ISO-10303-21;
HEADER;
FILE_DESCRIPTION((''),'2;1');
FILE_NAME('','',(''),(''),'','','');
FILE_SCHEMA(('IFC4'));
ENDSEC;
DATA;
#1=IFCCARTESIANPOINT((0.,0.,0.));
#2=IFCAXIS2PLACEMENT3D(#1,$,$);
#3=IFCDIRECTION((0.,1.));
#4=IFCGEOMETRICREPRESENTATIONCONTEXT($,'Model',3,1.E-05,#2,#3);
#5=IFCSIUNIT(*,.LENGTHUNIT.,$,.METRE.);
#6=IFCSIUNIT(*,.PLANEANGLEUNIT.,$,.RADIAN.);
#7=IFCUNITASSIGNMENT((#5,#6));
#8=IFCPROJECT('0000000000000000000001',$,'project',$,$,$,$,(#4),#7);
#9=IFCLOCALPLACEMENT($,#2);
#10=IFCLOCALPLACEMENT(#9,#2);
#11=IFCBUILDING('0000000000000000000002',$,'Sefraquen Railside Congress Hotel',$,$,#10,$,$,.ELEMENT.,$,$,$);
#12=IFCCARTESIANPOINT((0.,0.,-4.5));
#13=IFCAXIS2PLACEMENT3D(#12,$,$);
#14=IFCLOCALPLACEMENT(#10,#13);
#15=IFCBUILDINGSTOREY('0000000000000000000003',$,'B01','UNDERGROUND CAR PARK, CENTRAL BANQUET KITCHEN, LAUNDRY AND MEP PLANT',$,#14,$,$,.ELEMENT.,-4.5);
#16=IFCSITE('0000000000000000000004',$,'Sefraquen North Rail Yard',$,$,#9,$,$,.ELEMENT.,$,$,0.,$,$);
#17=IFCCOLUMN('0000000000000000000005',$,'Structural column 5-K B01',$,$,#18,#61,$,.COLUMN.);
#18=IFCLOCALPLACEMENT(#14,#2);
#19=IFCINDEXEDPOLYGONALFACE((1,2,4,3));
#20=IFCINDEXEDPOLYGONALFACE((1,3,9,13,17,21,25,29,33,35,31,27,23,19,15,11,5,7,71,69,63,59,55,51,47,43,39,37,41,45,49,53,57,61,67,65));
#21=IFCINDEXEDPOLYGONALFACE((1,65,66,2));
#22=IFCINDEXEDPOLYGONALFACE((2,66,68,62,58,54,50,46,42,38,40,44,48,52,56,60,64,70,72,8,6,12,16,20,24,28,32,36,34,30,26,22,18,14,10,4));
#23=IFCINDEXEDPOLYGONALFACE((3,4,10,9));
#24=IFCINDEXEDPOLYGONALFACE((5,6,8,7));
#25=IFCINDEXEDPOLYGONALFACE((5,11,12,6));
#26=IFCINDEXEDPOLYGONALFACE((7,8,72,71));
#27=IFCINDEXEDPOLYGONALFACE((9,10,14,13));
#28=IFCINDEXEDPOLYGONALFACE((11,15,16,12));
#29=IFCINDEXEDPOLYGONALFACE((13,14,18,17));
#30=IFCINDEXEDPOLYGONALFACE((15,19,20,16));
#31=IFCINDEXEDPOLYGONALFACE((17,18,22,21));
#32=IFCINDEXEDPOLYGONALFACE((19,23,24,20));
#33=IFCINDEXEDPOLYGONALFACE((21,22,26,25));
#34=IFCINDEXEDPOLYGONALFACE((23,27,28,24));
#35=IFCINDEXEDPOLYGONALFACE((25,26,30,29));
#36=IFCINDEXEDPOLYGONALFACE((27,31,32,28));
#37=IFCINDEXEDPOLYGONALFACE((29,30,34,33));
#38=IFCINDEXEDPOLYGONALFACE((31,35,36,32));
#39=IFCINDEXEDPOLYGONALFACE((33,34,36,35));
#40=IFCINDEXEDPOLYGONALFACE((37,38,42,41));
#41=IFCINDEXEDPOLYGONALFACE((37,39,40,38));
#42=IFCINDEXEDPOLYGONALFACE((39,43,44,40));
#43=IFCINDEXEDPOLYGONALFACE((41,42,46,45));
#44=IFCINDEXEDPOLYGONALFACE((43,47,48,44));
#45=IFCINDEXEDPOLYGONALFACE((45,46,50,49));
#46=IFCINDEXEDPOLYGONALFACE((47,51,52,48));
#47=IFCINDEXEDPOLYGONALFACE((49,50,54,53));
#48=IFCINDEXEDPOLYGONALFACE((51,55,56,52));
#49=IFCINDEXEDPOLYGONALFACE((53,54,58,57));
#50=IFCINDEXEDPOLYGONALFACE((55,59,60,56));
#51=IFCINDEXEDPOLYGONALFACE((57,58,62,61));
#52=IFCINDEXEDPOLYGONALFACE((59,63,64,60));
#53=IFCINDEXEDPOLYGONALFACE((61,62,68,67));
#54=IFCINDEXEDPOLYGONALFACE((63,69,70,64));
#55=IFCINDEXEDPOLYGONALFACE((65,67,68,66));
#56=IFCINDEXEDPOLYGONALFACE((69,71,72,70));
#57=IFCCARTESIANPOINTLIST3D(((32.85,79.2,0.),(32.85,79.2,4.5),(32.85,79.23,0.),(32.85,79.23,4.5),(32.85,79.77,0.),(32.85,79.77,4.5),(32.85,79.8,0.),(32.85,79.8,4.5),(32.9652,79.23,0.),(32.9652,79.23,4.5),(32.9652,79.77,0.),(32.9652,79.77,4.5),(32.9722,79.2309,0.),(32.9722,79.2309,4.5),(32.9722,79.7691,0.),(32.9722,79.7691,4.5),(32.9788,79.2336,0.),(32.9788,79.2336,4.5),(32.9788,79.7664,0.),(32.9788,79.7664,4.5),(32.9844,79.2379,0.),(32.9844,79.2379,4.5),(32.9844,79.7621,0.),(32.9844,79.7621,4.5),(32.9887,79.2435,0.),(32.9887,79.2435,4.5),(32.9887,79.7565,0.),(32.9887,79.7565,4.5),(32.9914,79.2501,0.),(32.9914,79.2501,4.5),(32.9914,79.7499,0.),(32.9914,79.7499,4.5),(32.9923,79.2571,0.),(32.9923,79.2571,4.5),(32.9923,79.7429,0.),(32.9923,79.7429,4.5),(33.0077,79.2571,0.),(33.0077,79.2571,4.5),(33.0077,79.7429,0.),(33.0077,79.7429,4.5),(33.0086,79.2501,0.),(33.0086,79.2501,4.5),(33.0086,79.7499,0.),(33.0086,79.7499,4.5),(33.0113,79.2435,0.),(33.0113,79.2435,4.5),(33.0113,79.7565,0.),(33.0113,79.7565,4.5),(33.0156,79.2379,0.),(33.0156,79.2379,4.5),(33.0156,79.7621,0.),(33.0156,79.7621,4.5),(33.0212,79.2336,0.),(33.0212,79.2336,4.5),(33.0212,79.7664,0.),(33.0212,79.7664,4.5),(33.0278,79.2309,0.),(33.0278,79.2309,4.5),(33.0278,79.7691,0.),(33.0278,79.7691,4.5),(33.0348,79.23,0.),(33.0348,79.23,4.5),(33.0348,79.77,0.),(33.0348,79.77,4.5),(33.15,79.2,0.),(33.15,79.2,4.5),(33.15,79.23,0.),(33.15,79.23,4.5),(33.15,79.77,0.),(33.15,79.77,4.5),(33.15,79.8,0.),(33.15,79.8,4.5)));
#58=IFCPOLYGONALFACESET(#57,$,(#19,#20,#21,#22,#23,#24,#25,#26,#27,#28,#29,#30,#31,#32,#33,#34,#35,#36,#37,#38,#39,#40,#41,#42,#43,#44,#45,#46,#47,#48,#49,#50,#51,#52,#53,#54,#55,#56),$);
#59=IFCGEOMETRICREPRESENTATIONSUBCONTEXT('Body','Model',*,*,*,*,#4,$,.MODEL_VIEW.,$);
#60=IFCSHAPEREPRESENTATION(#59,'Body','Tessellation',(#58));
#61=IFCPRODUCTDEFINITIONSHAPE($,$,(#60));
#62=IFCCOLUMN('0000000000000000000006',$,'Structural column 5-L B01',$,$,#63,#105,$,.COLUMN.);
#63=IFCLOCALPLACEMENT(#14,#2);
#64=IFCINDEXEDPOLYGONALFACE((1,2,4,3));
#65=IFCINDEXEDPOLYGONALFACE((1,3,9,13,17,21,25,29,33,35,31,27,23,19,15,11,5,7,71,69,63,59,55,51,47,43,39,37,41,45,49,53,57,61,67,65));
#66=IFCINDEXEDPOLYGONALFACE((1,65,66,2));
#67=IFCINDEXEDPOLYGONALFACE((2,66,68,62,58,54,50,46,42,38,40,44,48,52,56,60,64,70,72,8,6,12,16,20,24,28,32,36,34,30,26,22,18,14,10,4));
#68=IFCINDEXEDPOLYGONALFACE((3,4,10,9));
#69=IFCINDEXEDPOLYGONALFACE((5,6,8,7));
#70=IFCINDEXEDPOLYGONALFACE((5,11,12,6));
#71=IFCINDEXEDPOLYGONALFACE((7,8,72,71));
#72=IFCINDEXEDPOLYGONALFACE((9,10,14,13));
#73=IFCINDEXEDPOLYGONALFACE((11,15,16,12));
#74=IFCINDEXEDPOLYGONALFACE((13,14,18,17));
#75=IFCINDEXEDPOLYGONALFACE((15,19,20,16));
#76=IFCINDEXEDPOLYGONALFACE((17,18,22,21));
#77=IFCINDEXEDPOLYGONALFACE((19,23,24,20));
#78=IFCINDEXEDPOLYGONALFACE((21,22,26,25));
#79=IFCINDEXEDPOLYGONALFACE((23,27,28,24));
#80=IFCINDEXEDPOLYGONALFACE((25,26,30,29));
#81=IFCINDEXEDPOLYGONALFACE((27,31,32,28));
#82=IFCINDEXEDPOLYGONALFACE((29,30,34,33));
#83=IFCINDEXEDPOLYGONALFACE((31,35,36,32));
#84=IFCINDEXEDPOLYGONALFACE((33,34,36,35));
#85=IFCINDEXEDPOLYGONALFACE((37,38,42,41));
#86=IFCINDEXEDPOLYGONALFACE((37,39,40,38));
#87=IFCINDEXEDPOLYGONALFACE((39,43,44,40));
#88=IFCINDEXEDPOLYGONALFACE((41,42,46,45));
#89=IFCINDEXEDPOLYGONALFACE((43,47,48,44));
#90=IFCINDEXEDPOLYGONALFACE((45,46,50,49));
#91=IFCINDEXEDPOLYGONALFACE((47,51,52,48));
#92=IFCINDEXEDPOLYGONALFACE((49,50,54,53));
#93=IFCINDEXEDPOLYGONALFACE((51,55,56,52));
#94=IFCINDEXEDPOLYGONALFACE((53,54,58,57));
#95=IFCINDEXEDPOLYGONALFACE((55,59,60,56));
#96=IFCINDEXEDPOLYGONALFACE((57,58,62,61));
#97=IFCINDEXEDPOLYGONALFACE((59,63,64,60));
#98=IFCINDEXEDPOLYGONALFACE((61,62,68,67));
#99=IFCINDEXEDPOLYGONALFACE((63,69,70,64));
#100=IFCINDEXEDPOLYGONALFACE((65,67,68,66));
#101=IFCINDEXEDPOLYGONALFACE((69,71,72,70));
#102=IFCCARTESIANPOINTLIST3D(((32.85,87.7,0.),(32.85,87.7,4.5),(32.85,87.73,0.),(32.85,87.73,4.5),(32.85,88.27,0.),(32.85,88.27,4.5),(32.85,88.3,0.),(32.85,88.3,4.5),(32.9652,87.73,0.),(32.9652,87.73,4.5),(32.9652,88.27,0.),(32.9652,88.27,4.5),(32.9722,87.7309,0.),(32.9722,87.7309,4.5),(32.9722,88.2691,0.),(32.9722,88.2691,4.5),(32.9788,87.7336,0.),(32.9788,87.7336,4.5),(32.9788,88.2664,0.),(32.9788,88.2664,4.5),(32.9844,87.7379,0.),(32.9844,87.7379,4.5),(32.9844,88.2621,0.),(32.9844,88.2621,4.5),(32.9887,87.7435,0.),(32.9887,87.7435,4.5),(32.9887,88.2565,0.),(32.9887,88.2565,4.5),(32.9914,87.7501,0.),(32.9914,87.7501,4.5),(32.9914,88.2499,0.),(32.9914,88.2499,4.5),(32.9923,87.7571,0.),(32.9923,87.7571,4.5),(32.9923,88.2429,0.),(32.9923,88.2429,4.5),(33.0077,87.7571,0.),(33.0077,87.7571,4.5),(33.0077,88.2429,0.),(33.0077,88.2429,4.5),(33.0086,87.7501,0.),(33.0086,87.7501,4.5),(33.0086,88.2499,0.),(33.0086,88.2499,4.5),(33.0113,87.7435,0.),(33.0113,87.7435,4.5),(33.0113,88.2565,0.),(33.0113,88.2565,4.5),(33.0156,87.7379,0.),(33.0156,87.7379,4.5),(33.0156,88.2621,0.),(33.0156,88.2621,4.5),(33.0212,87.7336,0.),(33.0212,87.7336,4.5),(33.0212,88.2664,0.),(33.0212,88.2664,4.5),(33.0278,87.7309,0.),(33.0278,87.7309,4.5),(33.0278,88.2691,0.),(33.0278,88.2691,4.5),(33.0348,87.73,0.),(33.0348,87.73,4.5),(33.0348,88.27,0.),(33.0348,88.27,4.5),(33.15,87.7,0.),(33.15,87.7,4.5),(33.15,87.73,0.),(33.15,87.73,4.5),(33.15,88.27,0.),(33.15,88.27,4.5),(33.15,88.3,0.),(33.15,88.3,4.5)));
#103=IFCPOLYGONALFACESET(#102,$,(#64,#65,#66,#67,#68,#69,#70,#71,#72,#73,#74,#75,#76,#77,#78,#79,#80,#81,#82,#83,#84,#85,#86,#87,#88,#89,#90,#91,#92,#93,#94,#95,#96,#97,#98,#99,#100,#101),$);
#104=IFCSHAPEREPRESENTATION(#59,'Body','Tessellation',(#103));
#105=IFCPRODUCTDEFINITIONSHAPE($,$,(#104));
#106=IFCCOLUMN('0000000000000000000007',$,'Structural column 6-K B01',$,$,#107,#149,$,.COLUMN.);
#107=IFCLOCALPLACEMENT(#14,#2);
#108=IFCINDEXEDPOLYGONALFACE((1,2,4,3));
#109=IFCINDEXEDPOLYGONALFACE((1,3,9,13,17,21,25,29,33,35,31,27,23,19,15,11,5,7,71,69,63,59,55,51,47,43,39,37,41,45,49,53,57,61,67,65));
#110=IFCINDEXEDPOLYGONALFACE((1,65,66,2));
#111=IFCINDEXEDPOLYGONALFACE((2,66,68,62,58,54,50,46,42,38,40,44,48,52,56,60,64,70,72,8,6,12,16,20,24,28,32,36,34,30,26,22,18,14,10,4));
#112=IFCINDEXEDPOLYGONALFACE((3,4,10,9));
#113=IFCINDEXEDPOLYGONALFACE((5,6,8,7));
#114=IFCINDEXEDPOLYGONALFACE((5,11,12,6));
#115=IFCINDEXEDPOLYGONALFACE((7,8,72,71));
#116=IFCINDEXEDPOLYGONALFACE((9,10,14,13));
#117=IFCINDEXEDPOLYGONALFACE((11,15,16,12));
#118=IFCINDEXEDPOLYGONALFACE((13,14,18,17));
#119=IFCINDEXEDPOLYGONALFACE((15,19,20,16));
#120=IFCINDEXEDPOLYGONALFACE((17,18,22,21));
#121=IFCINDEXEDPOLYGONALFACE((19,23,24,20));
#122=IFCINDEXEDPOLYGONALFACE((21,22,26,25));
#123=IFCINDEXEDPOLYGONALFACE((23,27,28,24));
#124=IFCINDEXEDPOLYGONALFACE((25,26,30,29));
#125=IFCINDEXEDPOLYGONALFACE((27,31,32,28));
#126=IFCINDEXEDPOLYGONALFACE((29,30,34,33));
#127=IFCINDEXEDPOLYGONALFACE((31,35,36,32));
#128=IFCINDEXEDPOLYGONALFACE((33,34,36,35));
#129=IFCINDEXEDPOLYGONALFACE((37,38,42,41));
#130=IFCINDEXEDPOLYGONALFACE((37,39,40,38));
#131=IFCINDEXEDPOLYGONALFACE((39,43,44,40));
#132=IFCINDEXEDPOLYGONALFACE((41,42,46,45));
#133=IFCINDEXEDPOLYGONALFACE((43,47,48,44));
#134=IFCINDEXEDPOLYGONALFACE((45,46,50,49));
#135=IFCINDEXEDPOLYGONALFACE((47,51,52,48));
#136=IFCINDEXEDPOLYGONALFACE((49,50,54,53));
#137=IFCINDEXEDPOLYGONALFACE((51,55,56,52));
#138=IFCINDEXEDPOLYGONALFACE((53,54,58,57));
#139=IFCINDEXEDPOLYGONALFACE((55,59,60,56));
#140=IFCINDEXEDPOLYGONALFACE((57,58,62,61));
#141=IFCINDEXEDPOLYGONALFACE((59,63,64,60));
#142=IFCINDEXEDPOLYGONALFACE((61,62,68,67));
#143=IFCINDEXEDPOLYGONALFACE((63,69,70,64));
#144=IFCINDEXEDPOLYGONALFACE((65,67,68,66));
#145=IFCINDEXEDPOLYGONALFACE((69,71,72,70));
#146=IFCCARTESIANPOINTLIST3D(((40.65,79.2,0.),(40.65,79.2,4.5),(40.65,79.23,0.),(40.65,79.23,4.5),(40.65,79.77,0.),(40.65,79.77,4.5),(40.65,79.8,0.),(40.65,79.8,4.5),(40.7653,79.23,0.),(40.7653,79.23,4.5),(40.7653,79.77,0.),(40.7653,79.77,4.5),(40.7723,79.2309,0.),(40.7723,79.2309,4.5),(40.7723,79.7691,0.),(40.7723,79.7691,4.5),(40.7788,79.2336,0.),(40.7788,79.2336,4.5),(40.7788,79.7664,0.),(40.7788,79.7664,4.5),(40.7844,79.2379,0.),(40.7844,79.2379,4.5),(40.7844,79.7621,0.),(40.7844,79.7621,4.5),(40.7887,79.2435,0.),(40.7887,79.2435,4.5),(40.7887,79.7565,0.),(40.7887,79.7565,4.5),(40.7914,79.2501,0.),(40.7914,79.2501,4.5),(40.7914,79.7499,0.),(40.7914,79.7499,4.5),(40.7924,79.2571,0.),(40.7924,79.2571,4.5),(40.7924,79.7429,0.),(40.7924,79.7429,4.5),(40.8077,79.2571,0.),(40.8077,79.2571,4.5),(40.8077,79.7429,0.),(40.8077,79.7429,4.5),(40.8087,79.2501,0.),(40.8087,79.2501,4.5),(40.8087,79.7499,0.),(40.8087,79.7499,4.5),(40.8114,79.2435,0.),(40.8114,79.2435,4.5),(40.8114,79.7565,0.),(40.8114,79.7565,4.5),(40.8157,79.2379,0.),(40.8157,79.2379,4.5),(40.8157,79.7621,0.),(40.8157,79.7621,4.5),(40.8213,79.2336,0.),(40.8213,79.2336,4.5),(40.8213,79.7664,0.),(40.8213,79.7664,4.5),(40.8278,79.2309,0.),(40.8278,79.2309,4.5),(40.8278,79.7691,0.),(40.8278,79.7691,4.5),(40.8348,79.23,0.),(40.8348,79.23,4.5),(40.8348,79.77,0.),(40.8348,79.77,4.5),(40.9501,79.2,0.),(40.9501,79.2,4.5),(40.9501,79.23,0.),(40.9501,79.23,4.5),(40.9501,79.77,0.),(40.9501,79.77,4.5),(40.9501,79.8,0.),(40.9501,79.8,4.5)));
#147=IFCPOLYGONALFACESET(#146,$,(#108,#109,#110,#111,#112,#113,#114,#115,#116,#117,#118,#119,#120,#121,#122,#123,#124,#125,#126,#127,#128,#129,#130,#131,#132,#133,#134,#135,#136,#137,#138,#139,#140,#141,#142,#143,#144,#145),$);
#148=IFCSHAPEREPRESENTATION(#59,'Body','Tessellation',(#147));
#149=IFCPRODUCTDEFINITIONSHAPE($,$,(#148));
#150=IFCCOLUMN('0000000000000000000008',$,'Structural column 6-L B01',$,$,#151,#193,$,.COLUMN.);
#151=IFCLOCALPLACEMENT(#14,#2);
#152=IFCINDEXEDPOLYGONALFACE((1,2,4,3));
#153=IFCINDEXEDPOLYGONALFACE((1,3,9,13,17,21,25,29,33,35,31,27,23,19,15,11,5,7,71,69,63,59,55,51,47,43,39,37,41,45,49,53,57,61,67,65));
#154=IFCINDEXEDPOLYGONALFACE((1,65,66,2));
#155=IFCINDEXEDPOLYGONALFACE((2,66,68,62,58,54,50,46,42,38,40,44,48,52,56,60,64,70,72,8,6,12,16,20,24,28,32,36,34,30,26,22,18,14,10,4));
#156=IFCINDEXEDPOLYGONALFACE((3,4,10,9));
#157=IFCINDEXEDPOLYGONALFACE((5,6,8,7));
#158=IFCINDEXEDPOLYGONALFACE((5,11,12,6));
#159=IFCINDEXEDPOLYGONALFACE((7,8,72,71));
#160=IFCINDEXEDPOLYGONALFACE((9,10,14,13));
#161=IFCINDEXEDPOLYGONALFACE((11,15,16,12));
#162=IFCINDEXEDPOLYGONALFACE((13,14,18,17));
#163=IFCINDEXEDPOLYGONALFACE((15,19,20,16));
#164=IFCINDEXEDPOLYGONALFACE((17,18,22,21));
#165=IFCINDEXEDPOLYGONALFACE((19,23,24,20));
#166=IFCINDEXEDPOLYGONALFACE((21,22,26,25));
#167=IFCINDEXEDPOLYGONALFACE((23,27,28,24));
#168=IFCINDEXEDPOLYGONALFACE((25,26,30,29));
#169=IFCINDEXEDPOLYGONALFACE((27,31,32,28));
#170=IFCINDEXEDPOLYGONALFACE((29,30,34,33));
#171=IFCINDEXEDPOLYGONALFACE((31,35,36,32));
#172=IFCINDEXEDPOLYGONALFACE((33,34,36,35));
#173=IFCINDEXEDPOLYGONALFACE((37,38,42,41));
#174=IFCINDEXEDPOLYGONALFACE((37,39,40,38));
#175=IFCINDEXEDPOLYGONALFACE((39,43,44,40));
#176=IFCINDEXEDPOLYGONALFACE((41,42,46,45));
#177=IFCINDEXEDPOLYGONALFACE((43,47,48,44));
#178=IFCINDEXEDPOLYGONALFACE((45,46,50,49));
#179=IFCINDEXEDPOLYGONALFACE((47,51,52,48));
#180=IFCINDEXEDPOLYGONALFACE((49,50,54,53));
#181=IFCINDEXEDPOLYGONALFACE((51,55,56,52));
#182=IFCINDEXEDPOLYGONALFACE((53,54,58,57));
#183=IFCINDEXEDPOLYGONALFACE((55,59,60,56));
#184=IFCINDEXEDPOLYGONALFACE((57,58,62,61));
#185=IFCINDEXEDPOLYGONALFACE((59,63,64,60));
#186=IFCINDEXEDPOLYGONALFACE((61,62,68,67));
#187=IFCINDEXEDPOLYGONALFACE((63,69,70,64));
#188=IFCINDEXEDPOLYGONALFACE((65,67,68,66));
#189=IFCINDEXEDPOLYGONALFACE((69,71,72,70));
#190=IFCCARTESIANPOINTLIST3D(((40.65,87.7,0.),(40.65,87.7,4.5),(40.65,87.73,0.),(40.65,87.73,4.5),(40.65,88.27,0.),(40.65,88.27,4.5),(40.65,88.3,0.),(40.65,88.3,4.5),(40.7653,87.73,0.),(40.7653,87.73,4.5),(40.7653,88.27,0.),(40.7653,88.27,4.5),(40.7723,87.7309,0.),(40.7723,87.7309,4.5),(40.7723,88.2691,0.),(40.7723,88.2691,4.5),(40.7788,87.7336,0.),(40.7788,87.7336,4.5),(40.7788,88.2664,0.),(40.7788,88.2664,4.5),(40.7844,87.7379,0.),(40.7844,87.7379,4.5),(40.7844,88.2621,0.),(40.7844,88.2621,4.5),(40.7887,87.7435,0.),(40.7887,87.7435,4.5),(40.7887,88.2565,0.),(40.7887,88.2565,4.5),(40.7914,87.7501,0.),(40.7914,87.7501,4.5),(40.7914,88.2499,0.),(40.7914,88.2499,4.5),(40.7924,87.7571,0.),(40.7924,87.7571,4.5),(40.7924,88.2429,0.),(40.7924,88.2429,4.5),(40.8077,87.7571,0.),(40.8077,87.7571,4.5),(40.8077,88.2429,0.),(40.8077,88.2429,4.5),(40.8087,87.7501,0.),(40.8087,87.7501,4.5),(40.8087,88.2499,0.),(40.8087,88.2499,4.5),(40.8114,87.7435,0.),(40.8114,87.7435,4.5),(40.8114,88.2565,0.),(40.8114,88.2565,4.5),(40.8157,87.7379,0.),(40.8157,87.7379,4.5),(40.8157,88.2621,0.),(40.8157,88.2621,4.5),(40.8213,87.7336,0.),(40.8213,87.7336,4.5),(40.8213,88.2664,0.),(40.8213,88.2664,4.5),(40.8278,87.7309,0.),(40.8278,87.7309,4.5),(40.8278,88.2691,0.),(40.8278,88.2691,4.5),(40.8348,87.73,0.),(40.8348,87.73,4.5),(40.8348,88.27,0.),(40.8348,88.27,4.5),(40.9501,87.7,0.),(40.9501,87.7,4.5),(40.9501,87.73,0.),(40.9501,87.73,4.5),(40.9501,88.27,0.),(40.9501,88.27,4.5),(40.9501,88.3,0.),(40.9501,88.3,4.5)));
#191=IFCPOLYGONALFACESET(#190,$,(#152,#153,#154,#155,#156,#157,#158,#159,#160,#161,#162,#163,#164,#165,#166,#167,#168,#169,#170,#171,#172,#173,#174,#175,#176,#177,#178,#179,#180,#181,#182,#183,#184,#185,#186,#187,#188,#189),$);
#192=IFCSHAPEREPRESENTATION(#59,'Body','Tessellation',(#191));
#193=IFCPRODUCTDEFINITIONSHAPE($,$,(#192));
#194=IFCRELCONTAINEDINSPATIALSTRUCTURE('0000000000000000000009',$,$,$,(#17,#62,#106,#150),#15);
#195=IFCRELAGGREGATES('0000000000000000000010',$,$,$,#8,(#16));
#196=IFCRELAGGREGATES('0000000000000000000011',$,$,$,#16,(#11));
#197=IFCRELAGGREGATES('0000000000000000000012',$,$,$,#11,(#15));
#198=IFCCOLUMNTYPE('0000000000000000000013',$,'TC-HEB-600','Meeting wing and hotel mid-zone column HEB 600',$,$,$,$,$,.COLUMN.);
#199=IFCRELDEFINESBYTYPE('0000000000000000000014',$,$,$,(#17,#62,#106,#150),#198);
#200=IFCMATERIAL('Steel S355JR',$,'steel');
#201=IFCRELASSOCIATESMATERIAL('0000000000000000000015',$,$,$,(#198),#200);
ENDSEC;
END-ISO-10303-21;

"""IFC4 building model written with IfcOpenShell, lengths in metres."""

from ifc_helpers import new_model, si_unit, direction, frame, origin, origin_2d, place, context, subcontext, project, spatial, i_section, extrude, material, material_profile, profile_set, type_object, element, save


model = new_model("IFC4")

# Units and contexts
model_context = context("Model", 3, precision=1e-05, world=origin(), true_north=direction((0.0, 1.0)))
body_context = subcontext(model_context, "Body", "Model", "MODEL_VIEW")
ifc_project = project(units=[si_unit("LENGTHUNIT", "METRE"), si_unit("PLANEANGLEUNIT", "RADIAN")], contexts=[model_context])

# Site, building, storey
site_placement = place(None, origin())
site = spatial("IfcSite", under=ifc_project, at=site_placement, Name="Sefraquen North Rail Yard", CompositionType="ELEMENT", RefElevation=0.0)
building_placement = place(site_placement, origin())
building = spatial("IfcBuilding", under=site, at=building_placement, Name="Sefraquen Railside Congress Hotel", CompositionType="ELEMENT")
storey_placement = place(building_placement, frame((0.0, 0.0, -4.5)))
storey = spatial("IfcBuildingStorey", under=building, at=storey_placement, Name="B01", Description="UNDERGROUND CAR PARK, CENTRAL BANQUET KITCHEN, LAUNDRY AND MEP PLANT", CompositionType="ELEMENT", Elevation=-4.5)

# Columns
ifc_material_1 = material(Name="Steel S355JR", Category="steel")
ifc_material_profile_1 = material_profile(ifc_material_1, i_section(OverallWidth=0.3, OverallDepth=0.6001, WebThickness=0.0154, FlangeThickness=0.03, FilletRadius=0.0271, at=origin_2d()), Name="HEB 600")
ifc_profile_set_1 = profile_set([ifc_material_profile_1], Name="Steel S355JR")
column_type_1 = type_object("IfcColumnType", Name="TC-HEB-600", Description="Meeting wing and hotel mid-zone column HEB 600", PredefinedType="COLUMN", material=ifc_profile_set_1)
for number, where, z_axis, x_axis, name in (
    (1, (33.0, 79.5, 0.0), (0.0, 0.0, 1.0), (1.0, 0.0, 0.0), "Structural column 5-K B01"),
    (2, (33.0, 88.0, 0.0), (0.0, 0.0, 1.0), (1.0, 0.0, 0.0), "Structural column 5-L B01"),
    (3, (40.8, 79.5, 0.0), (0.0, 0.0, 1.0), (1.0, 0.0, 0.0), "Structural column 6-K B01"),
    (4, (40.8, 88.0, 0.0), (0.0, 0.0, 1.0), (1.0, 0.0, 0.0), "Structural column 6-L B01"),
):
    element("IfcColumn", number, at=place(storey_placement, frame(where, z_axis=z_axis, x_axis=x_axis)), inside=storey, type_object=column_type_1, Name=name, PredefinedType="COLUMN", context=body_context, shape_type="SweptSolid", body=[
        extrude(i_section(OverallWidth=0.3, OverallDepth=0.6001, WebThickness=0.0154, FlangeThickness=0.03, FilletRadius=0.0271, at=origin_2d()), origin(), (0.0, 0.0, 1.0), 4.5),
    ])

save(model, "model.ifc")
